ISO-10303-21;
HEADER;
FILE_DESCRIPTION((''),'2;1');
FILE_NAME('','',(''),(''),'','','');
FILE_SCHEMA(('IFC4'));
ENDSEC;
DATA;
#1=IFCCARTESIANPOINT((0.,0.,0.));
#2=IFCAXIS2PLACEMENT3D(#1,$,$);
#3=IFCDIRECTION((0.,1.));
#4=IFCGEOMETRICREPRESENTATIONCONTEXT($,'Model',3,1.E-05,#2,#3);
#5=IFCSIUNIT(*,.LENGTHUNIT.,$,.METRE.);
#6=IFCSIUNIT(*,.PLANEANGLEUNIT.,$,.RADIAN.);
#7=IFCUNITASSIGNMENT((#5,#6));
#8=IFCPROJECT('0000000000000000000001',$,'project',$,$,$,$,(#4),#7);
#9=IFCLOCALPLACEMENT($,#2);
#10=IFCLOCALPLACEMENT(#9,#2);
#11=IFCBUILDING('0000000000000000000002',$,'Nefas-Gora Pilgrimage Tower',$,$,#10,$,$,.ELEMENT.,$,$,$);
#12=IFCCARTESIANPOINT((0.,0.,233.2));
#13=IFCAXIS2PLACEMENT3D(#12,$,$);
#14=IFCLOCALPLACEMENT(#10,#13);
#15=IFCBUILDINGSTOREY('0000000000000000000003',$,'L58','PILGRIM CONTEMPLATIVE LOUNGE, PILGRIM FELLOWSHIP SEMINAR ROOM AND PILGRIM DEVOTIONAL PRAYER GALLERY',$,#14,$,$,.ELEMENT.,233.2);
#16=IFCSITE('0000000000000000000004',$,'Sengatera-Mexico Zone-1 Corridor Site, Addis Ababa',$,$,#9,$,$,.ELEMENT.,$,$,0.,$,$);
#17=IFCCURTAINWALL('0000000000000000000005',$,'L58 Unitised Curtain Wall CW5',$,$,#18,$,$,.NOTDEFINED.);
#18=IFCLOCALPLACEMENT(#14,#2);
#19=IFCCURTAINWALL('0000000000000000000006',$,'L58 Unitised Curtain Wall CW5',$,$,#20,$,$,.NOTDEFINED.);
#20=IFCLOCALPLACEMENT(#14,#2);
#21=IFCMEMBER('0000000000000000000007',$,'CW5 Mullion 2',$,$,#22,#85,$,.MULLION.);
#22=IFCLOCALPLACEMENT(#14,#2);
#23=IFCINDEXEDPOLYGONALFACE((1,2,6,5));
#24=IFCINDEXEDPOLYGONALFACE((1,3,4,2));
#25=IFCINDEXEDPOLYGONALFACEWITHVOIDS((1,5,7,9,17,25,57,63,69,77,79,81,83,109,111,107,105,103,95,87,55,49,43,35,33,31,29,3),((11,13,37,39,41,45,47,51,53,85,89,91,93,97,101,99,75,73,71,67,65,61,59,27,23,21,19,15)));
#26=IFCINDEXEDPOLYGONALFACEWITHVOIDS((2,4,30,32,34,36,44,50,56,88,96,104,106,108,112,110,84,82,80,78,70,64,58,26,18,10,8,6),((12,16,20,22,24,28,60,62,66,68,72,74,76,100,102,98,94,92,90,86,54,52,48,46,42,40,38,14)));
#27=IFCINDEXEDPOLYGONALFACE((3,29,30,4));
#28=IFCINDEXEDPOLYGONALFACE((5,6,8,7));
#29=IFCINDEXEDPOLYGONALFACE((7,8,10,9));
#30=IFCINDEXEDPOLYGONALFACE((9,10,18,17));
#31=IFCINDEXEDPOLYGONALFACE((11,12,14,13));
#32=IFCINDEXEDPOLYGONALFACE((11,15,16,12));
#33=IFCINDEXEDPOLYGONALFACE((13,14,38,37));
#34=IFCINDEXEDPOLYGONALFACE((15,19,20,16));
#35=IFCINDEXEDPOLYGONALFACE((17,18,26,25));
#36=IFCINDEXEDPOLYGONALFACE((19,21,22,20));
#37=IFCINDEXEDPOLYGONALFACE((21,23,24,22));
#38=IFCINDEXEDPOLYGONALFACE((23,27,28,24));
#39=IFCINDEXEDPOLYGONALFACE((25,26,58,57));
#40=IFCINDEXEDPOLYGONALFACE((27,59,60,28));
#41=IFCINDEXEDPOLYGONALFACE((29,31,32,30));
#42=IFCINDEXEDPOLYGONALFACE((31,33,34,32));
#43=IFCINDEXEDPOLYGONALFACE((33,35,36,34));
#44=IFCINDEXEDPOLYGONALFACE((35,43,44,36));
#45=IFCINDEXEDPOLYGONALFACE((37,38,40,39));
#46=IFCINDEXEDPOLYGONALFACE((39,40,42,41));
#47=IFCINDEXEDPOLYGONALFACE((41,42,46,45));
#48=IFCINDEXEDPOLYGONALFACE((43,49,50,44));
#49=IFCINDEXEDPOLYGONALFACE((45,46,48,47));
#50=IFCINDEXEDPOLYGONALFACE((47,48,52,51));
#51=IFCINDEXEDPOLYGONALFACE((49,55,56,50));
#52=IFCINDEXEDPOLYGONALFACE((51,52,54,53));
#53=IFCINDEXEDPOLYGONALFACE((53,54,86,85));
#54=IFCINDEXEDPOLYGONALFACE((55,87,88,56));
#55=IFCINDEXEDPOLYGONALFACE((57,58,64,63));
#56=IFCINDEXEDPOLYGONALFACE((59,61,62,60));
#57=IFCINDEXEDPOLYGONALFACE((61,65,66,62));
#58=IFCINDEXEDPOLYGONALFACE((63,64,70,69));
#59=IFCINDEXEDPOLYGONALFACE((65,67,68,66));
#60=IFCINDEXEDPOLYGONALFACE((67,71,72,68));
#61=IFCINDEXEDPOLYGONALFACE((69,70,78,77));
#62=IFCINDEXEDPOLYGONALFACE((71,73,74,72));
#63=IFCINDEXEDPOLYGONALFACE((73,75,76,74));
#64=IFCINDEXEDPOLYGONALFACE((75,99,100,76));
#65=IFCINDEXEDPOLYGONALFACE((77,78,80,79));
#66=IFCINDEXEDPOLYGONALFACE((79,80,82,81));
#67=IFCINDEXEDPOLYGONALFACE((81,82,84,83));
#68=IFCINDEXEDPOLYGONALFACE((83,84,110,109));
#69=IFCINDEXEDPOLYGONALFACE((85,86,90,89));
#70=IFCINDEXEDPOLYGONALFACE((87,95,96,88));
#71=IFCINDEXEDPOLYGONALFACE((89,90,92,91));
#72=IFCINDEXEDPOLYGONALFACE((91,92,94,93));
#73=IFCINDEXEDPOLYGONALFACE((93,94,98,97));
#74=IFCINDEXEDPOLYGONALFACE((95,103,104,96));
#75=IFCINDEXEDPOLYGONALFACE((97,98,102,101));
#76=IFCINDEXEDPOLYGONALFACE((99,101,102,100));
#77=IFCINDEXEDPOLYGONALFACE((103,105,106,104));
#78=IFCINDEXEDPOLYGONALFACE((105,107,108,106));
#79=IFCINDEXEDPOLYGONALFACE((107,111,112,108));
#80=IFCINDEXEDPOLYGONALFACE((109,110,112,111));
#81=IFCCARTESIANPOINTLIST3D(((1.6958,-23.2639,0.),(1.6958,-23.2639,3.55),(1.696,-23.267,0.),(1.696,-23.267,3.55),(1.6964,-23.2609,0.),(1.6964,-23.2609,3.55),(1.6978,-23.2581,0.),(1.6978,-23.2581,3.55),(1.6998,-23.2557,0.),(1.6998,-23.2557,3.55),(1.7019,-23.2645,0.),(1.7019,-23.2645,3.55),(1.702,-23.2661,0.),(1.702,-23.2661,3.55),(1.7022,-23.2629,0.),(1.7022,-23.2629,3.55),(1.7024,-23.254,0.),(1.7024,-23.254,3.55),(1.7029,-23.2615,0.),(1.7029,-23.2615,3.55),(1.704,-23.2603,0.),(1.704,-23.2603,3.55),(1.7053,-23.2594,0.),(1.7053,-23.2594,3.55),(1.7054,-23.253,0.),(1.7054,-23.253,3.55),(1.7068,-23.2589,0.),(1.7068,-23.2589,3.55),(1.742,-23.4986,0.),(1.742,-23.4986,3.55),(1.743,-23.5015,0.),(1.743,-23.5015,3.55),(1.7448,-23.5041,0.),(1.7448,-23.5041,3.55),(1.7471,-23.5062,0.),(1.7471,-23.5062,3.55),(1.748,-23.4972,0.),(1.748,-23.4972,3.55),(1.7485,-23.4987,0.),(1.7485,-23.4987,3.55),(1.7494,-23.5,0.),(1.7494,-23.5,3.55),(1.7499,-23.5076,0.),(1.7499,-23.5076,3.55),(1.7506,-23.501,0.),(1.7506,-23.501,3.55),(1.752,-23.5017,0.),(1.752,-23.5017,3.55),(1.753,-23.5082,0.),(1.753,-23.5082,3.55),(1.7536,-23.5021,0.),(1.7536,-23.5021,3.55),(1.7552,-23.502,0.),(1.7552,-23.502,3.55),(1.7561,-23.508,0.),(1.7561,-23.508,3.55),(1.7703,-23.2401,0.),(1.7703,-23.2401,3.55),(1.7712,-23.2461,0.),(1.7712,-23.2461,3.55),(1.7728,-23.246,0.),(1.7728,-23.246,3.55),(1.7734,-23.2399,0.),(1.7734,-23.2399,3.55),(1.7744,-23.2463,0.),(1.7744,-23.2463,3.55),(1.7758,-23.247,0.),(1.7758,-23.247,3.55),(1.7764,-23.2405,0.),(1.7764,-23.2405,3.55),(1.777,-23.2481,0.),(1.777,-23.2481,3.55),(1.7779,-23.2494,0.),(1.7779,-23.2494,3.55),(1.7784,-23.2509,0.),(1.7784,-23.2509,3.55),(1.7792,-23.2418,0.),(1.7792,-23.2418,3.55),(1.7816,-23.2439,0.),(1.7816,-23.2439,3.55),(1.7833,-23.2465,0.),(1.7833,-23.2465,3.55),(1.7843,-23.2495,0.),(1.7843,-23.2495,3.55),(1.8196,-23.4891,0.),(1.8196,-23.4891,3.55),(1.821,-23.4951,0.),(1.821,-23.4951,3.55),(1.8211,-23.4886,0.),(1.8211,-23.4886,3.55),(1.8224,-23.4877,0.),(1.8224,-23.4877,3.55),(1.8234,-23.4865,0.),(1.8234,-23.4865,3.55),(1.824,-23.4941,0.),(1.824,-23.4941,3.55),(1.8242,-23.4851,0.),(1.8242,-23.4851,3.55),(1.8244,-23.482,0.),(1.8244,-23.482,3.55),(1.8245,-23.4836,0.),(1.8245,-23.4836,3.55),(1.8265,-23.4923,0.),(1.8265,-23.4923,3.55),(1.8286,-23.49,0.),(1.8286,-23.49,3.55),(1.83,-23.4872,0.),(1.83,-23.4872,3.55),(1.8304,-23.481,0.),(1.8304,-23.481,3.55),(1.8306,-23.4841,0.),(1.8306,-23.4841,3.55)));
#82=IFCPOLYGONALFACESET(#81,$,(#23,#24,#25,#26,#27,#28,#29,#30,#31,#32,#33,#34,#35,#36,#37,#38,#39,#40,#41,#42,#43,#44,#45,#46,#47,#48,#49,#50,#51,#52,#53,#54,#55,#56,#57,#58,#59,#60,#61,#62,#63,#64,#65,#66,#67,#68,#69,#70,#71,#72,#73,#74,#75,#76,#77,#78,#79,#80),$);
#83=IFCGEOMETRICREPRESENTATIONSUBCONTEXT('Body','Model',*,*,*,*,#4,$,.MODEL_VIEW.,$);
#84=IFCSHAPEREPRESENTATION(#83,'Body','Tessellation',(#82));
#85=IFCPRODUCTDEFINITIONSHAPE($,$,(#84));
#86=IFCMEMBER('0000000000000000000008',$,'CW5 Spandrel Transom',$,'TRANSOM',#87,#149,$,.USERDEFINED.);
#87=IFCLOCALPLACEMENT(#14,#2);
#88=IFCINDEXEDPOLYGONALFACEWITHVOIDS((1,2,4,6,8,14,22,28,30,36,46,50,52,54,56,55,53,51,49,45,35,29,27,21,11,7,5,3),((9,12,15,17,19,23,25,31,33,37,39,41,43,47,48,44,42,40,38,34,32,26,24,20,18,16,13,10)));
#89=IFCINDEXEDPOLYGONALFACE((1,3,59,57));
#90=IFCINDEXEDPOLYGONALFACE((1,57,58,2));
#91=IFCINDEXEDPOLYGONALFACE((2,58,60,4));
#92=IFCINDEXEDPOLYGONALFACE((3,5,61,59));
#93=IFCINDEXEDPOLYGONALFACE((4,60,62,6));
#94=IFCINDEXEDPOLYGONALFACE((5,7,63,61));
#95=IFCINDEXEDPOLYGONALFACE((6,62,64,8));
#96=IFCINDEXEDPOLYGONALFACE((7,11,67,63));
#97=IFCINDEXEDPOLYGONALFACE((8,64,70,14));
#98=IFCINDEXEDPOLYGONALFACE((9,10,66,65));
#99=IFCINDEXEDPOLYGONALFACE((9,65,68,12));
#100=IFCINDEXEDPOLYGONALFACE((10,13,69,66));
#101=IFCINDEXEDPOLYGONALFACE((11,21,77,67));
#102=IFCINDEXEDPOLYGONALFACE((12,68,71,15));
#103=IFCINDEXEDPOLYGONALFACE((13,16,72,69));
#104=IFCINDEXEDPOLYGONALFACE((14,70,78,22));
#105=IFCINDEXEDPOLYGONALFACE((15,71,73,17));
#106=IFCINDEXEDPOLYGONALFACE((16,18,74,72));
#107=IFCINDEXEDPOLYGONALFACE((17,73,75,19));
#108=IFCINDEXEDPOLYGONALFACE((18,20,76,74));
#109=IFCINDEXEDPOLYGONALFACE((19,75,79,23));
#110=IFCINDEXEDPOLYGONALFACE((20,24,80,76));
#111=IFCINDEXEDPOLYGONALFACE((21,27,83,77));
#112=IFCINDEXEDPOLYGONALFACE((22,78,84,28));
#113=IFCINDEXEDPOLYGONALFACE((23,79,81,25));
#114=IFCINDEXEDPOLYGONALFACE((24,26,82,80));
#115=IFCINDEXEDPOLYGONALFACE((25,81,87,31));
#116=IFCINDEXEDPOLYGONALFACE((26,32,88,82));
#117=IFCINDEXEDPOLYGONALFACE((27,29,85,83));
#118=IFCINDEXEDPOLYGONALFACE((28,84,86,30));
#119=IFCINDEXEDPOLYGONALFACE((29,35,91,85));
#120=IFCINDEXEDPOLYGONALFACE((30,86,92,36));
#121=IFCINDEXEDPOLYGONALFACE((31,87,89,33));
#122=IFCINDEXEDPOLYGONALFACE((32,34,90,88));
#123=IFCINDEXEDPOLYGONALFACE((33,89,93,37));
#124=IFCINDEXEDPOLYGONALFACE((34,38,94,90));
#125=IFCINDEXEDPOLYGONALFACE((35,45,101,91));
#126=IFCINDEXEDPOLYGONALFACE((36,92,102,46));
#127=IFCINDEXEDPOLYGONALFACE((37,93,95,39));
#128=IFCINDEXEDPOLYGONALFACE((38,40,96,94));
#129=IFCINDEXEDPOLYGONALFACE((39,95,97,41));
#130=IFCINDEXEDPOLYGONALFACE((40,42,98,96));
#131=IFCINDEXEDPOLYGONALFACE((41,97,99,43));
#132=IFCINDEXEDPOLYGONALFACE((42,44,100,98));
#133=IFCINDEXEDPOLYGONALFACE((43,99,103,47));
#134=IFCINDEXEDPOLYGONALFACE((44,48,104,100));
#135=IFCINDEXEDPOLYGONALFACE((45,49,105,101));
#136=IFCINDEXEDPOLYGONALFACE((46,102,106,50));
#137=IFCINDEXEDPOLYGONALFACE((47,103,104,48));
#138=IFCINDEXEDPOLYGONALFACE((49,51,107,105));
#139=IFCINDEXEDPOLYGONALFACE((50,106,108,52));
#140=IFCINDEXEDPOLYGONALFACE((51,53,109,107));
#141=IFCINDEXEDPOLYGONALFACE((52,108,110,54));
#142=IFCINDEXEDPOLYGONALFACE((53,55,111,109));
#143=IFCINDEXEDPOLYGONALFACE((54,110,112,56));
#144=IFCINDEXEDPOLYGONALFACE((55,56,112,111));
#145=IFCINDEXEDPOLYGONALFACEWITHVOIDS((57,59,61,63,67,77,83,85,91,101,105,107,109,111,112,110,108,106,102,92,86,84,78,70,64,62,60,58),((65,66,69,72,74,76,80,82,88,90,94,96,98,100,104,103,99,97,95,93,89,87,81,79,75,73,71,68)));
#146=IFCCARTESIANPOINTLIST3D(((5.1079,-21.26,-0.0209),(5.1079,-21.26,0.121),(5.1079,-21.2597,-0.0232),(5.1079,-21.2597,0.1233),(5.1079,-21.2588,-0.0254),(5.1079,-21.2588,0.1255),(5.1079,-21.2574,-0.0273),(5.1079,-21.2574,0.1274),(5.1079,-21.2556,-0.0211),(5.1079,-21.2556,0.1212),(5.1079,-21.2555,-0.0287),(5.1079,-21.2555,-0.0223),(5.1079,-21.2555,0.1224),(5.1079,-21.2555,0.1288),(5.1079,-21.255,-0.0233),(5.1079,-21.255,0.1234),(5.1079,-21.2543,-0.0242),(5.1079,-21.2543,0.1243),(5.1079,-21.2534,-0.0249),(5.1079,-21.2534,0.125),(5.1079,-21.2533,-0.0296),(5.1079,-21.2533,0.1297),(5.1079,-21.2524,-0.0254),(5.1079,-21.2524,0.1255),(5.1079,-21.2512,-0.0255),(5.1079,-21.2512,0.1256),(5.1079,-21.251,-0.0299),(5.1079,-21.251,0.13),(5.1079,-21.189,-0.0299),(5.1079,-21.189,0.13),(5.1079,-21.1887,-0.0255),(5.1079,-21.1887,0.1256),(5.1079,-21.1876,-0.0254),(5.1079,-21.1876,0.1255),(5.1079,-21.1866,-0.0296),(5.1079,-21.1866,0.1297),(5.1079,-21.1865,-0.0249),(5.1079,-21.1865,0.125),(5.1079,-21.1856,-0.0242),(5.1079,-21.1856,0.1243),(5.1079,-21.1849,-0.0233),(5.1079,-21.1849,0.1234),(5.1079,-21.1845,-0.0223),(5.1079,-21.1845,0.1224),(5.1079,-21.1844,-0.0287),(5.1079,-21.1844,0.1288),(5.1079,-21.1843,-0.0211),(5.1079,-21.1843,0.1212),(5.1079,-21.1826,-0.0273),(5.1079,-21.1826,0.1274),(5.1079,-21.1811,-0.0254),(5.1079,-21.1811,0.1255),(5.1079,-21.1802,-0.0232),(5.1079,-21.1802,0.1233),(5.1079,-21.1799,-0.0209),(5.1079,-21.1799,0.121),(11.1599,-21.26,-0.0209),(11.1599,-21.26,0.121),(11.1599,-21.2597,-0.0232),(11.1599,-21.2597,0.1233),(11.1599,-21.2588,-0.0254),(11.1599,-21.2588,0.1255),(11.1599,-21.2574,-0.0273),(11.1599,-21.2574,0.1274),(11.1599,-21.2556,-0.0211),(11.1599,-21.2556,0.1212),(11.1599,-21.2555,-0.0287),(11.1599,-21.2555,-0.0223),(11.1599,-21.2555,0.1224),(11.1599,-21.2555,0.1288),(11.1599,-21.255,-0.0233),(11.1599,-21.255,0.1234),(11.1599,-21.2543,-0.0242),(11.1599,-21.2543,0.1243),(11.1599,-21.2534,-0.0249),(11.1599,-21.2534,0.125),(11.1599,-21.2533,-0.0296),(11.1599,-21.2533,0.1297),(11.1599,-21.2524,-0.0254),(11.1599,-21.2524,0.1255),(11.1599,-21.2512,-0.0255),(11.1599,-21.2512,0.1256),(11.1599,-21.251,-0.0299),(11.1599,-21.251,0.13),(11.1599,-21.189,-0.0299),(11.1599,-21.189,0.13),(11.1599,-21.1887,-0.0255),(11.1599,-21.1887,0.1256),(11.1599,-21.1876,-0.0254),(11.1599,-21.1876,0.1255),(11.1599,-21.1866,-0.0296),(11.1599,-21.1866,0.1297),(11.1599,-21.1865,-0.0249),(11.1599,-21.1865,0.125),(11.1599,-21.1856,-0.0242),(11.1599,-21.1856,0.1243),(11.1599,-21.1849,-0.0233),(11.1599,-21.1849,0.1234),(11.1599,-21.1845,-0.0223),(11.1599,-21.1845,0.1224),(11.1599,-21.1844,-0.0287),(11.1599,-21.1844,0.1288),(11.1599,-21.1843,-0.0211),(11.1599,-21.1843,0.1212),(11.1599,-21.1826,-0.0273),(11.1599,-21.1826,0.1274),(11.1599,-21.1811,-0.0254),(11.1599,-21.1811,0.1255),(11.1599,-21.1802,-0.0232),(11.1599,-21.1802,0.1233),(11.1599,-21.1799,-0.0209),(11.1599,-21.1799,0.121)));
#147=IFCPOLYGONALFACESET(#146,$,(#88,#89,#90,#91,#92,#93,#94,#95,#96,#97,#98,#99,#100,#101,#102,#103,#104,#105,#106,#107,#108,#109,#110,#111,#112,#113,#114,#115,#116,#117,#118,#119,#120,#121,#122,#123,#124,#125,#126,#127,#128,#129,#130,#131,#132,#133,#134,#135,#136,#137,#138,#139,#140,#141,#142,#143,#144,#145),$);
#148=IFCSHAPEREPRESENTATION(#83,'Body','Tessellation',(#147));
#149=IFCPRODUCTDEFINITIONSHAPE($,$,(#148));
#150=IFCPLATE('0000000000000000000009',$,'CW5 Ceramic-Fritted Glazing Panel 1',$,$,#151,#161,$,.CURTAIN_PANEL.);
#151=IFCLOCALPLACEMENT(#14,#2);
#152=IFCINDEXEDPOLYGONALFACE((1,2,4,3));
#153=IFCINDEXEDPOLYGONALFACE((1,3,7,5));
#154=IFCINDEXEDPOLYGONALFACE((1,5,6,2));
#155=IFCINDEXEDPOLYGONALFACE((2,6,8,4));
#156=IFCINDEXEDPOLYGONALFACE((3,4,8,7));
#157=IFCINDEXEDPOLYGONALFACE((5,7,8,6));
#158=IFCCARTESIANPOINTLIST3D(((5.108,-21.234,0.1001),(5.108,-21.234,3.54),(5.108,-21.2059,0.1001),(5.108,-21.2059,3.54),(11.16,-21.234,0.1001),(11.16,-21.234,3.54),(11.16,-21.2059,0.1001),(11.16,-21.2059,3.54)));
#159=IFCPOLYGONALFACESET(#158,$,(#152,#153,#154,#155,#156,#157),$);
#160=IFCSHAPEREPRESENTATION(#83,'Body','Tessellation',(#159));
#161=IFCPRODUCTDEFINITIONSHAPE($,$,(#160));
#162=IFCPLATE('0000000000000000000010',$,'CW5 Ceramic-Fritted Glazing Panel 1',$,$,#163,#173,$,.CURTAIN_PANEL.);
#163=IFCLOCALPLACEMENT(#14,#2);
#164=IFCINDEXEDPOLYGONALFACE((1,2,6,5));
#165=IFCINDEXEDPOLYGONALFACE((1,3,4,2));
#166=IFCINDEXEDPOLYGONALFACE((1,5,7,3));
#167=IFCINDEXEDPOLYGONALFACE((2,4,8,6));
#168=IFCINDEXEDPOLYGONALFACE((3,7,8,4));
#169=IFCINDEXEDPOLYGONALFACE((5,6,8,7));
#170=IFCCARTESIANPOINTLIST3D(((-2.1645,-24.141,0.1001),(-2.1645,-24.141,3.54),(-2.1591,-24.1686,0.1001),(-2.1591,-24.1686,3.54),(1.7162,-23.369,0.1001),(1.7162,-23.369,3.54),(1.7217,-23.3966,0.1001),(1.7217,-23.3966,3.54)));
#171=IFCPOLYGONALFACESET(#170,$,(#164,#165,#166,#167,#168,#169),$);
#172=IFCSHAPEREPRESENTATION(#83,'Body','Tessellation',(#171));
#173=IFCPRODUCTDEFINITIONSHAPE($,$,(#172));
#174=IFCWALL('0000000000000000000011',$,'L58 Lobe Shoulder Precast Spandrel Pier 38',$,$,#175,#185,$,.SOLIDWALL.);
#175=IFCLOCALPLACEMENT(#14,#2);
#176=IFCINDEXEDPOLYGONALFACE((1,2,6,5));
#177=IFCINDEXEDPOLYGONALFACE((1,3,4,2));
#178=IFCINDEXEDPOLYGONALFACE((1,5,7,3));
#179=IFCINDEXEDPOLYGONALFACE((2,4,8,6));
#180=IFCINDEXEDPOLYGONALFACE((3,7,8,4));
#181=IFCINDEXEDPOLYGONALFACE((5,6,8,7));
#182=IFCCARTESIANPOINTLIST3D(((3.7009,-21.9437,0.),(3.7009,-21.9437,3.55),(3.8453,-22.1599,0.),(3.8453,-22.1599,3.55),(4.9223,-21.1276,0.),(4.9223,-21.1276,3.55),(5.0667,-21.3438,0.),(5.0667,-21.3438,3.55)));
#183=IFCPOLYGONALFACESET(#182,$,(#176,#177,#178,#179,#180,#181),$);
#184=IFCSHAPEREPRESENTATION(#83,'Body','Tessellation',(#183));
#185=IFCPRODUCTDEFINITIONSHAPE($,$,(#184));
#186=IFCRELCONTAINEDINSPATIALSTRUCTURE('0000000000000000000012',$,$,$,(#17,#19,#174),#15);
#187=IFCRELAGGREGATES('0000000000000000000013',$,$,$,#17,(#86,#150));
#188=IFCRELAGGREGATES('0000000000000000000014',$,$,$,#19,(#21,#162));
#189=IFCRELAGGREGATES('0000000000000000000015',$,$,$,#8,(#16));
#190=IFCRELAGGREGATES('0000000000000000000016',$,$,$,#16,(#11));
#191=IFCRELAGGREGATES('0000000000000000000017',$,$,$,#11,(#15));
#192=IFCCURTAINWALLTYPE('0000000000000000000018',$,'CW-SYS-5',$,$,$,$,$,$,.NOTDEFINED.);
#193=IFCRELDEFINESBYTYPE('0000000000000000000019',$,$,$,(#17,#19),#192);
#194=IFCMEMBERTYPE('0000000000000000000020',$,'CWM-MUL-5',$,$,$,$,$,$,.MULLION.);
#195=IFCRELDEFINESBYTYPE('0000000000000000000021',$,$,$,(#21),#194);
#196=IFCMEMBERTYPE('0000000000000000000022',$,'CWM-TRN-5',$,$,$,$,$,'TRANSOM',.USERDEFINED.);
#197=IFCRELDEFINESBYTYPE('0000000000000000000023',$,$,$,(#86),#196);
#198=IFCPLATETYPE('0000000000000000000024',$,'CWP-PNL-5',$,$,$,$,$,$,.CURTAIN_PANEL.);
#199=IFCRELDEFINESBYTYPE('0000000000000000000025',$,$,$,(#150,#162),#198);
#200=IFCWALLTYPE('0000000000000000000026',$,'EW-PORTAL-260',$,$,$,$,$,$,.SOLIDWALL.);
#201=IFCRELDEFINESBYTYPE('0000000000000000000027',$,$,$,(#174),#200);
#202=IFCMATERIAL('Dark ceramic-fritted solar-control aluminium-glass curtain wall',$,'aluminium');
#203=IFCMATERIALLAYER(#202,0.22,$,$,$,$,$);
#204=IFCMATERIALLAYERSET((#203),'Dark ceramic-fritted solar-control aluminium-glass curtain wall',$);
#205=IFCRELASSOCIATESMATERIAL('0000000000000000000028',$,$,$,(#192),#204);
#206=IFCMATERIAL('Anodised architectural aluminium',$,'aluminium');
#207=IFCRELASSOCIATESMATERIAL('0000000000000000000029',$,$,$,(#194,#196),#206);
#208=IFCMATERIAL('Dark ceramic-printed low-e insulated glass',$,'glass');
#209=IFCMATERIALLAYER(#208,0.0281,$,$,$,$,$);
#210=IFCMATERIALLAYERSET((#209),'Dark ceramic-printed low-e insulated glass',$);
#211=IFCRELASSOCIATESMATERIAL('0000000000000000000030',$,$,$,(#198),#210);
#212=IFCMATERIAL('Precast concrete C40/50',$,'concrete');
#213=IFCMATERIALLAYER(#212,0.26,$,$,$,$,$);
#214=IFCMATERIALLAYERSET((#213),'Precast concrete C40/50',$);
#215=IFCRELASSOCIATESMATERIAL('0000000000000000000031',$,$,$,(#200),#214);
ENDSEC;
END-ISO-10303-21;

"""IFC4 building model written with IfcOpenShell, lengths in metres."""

from ifc_helpers import new_model, si_unit, direction, frame, frame_2d, origin, origin_2d, place, context, subcontext, project, spatial, rectangle, hollow_rectangle, extrude, source, transform, mapped, material, layer, layer_set, material_profile, profile_set, type_object, element, aggregate, save


model = new_model("IFC4")

# Units and contexts
model_context = context("Model", 3, precision=1e-05, world=origin(), true_north=direction((0.0, 1.0)))
body_context = subcontext(model_context, "Body", "Model", "MODEL_VIEW")
ifc_project = project(units=[si_unit("LENGTHUNIT", "METRE"), si_unit("PLANEANGLEUNIT", "RADIAN")], contexts=[model_context])

# Site, building, storey
site_placement = place(None, origin())
site = spatial("IfcSite", under=ifc_project, at=site_placement, Name="Sengatera-Mexico Zone-1 Corridor Site, Addis Ababa", CompositionType="ELEMENT", RefElevation=0.0)
building_placement = place(site_placement, origin())
building = spatial("IfcBuilding", under=site, at=building_placement, Name="Nefas-Gora Pilgrimage Tower", CompositionType="ELEMENT")
storey_placement = place(building_placement, frame((0.0, 0.0, 233.2)))
storey = spatial("IfcBuildingStorey", under=building, at=storey_placement, Name="L58", Description="PILGRIM CONTEMPLATIVE LOUNGE, PILGRIM FELLOWSHIP SEMINAR ROOM AND PILGRIM DEVOTIONAL PRAYER GALLERY", CompositionType="ELEMENT", Elevation=233.2)

# Curtain wall
ifc_material_1 = material(Name="Dark ceramic-fritted solar-control aluminium-glass curtain wall", Category="aluminium")
ifc_layer_1 = layer(ifc_material_1, 0.22)
ifc_layer_set_1 = layer_set([ifc_layer_1], Name="Dark ceramic-fritted solar-control aluminium-glass curtain wall")
curtain_wall_type = type_object("IfcCurtainWallType", Name="CW-SYS-5", PredefinedType="NOTDEFINED", material=ifc_layer_set_1)
curtain_wall_1_placement = place(storey_placement, origin())
curtain_wall_1 = element("IfcCurtainWall", 1, at=curtain_wall_1_placement, inside=storey, type_object=curtain_wall_type, Name="L58 Unitised Curtain Wall CW5", PredefinedType="NOTDEFINED")
ifc_material_2 = material(Name="Anodised architectural aluminium", Category="aluminium")
ifc_material_profile_1 = material_profile(ifc_material_2, hollow_rectangle(XDim=0.0901, YDim=0.26, WallThickness=0.0061, InnerFilletRadius=0.0061, OuterFilletRadius=0.012, at=origin_2d()), Name="ALU MULLION 90x260")
ifc_profile_set_1 = profile_set([ifc_material_profile_1], Name="Anodised architectural aluminium")
member_type_1 = type_object("IfcMemberType", Name="CWM-MUL-5", PredefinedType="MULLION", material=ifc_profile_set_1)
shared_shape_1 = source(origin(), body_context, "Body", "SweptSolid", [
    extrude(hollow_rectangle(XDim=0.0901, YDim=0.26, WallThickness=0.0061, InnerFilletRadius=0.0061, OuterFilletRadius=0.012, at=origin_2d()), origin(), (0.0, 0.0, 1.0), 3.55),
])

# Curtain wall, member
curtain_wall_2_placement = place(storey_placement, origin())
curtain_wall_2 = element("IfcCurtainWall", 2, at=curtain_wall_2_placement, inside=storey, type_object=curtain_wall_type, Name="L58 Unitised Curtain Wall CW5", PredefinedType="NOTDEFINED")
member_1_placement = place(storey_placement, frame((1.7632, -23.374, 0.0), z_axis=(0.0, 0.0, 1.0), x_axis=(0.980783, 0.195102, 0.0)))
member_1 = element("IfcMember", 3, at=member_1_placement, type_object=member_type_1, Name="CW5 Mullion 2", PredefinedType="MULLION", context=body_context, shape_type="MappedRepresentation", body=[
    mapped(shared_shape_1, transform((0.0, 0.0, 0.0), x_axis=(1.0, 0.0, 0.0), y_axis=(0.0, 1.0, 0.0), z_axis=(0.0, 0.0, 1.0), scale=1.0)),
])

# Member
ifc_material_profile_2 = material_profile(ifc_material_2, hollow_rectangle(XDim=0.0801, YDim=0.1599, WallThickness=0.0044, InnerFilletRadius=0.0044, OuterFilletRadius=0.009, at=origin_2d()), Name="ALU TRANSOM 80x160")
ifc_profile_set_2 = profile_set([ifc_material_profile_2], Name="Anodised architectural aluminium")
member_type_2 = type_object("IfcMemberType", Name="CWM-TRN-5", ElementType="TRANSOM", PredefinedType="USERDEFINED", material=ifc_profile_set_2)
shared_shape_2 = source(origin(), body_context, "Body", "SweptSolid", [
    extrude(hollow_rectangle(XDim=0.0801, YDim=0.1599, WallThickness=0.0044, InnerFilletRadius=0.0044, OuterFilletRadius=0.009, at=origin_2d()), origin(), (0.0, 0.0, 1.0), 6.052),
])
member_2_placement = place(storey_placement, frame((5.1079, -21.22, 0.05), z_axis=(1.0, 0.0, 0.0), x_axis=(0.0, 1.0, 0.0)))
member_2 = element("IfcMember", 4, at=member_2_placement, type_object=member_type_2, Name="CW5 Spandrel Transom", ObjectType="TRANSOM", PredefinedType="USERDEFINED", context=body_context, shape_type="MappedRepresentation", body=[
    mapped(shared_shape_2, transform((0.0, 0.0, 0.0), x_axis=(1.0, 0.0, 0.0), y_axis=(0.0, 1.0, 0.0), z_axis=(0.0, 0.0, 1.0), scale=1.0)),
])

# Plates
ifc_material_3 = material(Name="Dark ceramic-printed low-e insulated glass", Category="glass")
ifc_layer_2 = layer(ifc_material_3, 0.0281)
ifc_layer_set_2 = layer_set([ifc_layer_2], Name="Dark ceramic-printed low-e insulated glass")
plate_type = type_object("IfcPlateType", Name="CWP-PNL-5", PredefinedType="CURTAIN_PANEL", material=ifc_layer_set_2)
shared_shape_3 = source(origin(), body_context, "Body", "SweptSolid", [
    extrude(rectangle(XDim=6.052, YDim=0.0281, at=origin_2d()), origin(), (0.0, 0.0, 1.0), 3.4399),
])
plate_1_placement = place(storey_placement, frame((8.134, -21.22, 0.1001), z_axis=(0.0, 0.0, 1.0), x_axis=(1.0, 0.0, 0.0)))
plate_1 = element("IfcPlate", 5, at=plate_1_placement, type_object=plate_type, Name="CW5 Ceramic-Fritted Glazing Panel 1", PredefinedType="CURTAIN_PANEL", context=body_context, shape_type="MappedRepresentation", body=[
    mapped(shared_shape_3, transform((0.0, 0.0, 0.0), x_axis=(1.0, 0.0, 0.0), y_axis=(0.0, 1.0, 0.0), z_axis=(0.0, 0.0, 1.0), scale=1.0)),
])
aggregate(curtain_wall_1, [member_2, plate_1])
shared_shape_4 = source(origin(), body_context, "Body", "SweptSolid", [
    extrude(rectangle(XDim=3.9568, YDim=0.0281, at=origin_2d()), origin(), (0.0, 0.0, 1.0), 3.4399),
])
plate_2_placement = place(storey_placement, frame((-0.2214, -23.7688, 0.1001), z_axis=(0.0, 0.0, 1.0), x_axis=(0.980783, 0.195102, 0.0)))
plate_2 = element("IfcPlate", 6, at=plate_2_placement, type_object=plate_type, Name="CW5 Ceramic-Fritted Glazing Panel 1", PredefinedType="CURTAIN_PANEL", context=body_context, shape_type="MappedRepresentation", body=[
    mapped(shared_shape_4, transform((0.0, 0.0, 0.0), x_axis=(1.0, 0.0, 0.0), y_axis=(0.0, 1.0, 0.0), z_axis=(0.0, 0.0, 1.0), scale=1.0)),
])
aggregate(curtain_wall_2, [member_1, plate_2])

# Wall
ifc_material_4 = material(Name="Precast concrete C40/50", Category="concrete")
ifc_layer_3 = layer(ifc_material_4, 0.26)
ifc_layer_set_3 = layer_set([ifc_layer_3], Name="Precast concrete C40/50")
wall_type_1 = type_object("IfcWallType", Name="EW-PORTAL-260", PredefinedType="SOLIDWALL", material=ifc_layer_set_3)
shared_shape_5 = source(origin(), body_context, "Body", "SweptSolid", [
    extrude(rectangle(XDim=1.469, YDim=0.26, at=frame_2d((0.7344, 0.0))), origin(), (0.0, 0.0, 1.0), 3.55),
])
wall_1_placement = place(storey_placement, frame((3.7732, -22.0518, 0.0), z_axis=(0.0, 0.0, 1.0), x_axis=(0.831462, 0.555582, 0.0)))
element("IfcWall", 7, at=wall_1_placement, inside=storey, type_object=wall_type_1, Name="L58 Lobe Shoulder Precast Spandrel Pier 38", PredefinedType="SOLIDWALL", context=body_context, shape_type="MappedRepresentation", body=[
    mapped(shared_shape_5, transform((0.0, 0.0, 0.0), x_axis=(1.0, 0.0, 0.0), y_axis=(0.0, 1.0, 0.0), z_axis=(0.0, 0.0, 1.0), scale=1.0)),
])

save(model, "model.ifc")
